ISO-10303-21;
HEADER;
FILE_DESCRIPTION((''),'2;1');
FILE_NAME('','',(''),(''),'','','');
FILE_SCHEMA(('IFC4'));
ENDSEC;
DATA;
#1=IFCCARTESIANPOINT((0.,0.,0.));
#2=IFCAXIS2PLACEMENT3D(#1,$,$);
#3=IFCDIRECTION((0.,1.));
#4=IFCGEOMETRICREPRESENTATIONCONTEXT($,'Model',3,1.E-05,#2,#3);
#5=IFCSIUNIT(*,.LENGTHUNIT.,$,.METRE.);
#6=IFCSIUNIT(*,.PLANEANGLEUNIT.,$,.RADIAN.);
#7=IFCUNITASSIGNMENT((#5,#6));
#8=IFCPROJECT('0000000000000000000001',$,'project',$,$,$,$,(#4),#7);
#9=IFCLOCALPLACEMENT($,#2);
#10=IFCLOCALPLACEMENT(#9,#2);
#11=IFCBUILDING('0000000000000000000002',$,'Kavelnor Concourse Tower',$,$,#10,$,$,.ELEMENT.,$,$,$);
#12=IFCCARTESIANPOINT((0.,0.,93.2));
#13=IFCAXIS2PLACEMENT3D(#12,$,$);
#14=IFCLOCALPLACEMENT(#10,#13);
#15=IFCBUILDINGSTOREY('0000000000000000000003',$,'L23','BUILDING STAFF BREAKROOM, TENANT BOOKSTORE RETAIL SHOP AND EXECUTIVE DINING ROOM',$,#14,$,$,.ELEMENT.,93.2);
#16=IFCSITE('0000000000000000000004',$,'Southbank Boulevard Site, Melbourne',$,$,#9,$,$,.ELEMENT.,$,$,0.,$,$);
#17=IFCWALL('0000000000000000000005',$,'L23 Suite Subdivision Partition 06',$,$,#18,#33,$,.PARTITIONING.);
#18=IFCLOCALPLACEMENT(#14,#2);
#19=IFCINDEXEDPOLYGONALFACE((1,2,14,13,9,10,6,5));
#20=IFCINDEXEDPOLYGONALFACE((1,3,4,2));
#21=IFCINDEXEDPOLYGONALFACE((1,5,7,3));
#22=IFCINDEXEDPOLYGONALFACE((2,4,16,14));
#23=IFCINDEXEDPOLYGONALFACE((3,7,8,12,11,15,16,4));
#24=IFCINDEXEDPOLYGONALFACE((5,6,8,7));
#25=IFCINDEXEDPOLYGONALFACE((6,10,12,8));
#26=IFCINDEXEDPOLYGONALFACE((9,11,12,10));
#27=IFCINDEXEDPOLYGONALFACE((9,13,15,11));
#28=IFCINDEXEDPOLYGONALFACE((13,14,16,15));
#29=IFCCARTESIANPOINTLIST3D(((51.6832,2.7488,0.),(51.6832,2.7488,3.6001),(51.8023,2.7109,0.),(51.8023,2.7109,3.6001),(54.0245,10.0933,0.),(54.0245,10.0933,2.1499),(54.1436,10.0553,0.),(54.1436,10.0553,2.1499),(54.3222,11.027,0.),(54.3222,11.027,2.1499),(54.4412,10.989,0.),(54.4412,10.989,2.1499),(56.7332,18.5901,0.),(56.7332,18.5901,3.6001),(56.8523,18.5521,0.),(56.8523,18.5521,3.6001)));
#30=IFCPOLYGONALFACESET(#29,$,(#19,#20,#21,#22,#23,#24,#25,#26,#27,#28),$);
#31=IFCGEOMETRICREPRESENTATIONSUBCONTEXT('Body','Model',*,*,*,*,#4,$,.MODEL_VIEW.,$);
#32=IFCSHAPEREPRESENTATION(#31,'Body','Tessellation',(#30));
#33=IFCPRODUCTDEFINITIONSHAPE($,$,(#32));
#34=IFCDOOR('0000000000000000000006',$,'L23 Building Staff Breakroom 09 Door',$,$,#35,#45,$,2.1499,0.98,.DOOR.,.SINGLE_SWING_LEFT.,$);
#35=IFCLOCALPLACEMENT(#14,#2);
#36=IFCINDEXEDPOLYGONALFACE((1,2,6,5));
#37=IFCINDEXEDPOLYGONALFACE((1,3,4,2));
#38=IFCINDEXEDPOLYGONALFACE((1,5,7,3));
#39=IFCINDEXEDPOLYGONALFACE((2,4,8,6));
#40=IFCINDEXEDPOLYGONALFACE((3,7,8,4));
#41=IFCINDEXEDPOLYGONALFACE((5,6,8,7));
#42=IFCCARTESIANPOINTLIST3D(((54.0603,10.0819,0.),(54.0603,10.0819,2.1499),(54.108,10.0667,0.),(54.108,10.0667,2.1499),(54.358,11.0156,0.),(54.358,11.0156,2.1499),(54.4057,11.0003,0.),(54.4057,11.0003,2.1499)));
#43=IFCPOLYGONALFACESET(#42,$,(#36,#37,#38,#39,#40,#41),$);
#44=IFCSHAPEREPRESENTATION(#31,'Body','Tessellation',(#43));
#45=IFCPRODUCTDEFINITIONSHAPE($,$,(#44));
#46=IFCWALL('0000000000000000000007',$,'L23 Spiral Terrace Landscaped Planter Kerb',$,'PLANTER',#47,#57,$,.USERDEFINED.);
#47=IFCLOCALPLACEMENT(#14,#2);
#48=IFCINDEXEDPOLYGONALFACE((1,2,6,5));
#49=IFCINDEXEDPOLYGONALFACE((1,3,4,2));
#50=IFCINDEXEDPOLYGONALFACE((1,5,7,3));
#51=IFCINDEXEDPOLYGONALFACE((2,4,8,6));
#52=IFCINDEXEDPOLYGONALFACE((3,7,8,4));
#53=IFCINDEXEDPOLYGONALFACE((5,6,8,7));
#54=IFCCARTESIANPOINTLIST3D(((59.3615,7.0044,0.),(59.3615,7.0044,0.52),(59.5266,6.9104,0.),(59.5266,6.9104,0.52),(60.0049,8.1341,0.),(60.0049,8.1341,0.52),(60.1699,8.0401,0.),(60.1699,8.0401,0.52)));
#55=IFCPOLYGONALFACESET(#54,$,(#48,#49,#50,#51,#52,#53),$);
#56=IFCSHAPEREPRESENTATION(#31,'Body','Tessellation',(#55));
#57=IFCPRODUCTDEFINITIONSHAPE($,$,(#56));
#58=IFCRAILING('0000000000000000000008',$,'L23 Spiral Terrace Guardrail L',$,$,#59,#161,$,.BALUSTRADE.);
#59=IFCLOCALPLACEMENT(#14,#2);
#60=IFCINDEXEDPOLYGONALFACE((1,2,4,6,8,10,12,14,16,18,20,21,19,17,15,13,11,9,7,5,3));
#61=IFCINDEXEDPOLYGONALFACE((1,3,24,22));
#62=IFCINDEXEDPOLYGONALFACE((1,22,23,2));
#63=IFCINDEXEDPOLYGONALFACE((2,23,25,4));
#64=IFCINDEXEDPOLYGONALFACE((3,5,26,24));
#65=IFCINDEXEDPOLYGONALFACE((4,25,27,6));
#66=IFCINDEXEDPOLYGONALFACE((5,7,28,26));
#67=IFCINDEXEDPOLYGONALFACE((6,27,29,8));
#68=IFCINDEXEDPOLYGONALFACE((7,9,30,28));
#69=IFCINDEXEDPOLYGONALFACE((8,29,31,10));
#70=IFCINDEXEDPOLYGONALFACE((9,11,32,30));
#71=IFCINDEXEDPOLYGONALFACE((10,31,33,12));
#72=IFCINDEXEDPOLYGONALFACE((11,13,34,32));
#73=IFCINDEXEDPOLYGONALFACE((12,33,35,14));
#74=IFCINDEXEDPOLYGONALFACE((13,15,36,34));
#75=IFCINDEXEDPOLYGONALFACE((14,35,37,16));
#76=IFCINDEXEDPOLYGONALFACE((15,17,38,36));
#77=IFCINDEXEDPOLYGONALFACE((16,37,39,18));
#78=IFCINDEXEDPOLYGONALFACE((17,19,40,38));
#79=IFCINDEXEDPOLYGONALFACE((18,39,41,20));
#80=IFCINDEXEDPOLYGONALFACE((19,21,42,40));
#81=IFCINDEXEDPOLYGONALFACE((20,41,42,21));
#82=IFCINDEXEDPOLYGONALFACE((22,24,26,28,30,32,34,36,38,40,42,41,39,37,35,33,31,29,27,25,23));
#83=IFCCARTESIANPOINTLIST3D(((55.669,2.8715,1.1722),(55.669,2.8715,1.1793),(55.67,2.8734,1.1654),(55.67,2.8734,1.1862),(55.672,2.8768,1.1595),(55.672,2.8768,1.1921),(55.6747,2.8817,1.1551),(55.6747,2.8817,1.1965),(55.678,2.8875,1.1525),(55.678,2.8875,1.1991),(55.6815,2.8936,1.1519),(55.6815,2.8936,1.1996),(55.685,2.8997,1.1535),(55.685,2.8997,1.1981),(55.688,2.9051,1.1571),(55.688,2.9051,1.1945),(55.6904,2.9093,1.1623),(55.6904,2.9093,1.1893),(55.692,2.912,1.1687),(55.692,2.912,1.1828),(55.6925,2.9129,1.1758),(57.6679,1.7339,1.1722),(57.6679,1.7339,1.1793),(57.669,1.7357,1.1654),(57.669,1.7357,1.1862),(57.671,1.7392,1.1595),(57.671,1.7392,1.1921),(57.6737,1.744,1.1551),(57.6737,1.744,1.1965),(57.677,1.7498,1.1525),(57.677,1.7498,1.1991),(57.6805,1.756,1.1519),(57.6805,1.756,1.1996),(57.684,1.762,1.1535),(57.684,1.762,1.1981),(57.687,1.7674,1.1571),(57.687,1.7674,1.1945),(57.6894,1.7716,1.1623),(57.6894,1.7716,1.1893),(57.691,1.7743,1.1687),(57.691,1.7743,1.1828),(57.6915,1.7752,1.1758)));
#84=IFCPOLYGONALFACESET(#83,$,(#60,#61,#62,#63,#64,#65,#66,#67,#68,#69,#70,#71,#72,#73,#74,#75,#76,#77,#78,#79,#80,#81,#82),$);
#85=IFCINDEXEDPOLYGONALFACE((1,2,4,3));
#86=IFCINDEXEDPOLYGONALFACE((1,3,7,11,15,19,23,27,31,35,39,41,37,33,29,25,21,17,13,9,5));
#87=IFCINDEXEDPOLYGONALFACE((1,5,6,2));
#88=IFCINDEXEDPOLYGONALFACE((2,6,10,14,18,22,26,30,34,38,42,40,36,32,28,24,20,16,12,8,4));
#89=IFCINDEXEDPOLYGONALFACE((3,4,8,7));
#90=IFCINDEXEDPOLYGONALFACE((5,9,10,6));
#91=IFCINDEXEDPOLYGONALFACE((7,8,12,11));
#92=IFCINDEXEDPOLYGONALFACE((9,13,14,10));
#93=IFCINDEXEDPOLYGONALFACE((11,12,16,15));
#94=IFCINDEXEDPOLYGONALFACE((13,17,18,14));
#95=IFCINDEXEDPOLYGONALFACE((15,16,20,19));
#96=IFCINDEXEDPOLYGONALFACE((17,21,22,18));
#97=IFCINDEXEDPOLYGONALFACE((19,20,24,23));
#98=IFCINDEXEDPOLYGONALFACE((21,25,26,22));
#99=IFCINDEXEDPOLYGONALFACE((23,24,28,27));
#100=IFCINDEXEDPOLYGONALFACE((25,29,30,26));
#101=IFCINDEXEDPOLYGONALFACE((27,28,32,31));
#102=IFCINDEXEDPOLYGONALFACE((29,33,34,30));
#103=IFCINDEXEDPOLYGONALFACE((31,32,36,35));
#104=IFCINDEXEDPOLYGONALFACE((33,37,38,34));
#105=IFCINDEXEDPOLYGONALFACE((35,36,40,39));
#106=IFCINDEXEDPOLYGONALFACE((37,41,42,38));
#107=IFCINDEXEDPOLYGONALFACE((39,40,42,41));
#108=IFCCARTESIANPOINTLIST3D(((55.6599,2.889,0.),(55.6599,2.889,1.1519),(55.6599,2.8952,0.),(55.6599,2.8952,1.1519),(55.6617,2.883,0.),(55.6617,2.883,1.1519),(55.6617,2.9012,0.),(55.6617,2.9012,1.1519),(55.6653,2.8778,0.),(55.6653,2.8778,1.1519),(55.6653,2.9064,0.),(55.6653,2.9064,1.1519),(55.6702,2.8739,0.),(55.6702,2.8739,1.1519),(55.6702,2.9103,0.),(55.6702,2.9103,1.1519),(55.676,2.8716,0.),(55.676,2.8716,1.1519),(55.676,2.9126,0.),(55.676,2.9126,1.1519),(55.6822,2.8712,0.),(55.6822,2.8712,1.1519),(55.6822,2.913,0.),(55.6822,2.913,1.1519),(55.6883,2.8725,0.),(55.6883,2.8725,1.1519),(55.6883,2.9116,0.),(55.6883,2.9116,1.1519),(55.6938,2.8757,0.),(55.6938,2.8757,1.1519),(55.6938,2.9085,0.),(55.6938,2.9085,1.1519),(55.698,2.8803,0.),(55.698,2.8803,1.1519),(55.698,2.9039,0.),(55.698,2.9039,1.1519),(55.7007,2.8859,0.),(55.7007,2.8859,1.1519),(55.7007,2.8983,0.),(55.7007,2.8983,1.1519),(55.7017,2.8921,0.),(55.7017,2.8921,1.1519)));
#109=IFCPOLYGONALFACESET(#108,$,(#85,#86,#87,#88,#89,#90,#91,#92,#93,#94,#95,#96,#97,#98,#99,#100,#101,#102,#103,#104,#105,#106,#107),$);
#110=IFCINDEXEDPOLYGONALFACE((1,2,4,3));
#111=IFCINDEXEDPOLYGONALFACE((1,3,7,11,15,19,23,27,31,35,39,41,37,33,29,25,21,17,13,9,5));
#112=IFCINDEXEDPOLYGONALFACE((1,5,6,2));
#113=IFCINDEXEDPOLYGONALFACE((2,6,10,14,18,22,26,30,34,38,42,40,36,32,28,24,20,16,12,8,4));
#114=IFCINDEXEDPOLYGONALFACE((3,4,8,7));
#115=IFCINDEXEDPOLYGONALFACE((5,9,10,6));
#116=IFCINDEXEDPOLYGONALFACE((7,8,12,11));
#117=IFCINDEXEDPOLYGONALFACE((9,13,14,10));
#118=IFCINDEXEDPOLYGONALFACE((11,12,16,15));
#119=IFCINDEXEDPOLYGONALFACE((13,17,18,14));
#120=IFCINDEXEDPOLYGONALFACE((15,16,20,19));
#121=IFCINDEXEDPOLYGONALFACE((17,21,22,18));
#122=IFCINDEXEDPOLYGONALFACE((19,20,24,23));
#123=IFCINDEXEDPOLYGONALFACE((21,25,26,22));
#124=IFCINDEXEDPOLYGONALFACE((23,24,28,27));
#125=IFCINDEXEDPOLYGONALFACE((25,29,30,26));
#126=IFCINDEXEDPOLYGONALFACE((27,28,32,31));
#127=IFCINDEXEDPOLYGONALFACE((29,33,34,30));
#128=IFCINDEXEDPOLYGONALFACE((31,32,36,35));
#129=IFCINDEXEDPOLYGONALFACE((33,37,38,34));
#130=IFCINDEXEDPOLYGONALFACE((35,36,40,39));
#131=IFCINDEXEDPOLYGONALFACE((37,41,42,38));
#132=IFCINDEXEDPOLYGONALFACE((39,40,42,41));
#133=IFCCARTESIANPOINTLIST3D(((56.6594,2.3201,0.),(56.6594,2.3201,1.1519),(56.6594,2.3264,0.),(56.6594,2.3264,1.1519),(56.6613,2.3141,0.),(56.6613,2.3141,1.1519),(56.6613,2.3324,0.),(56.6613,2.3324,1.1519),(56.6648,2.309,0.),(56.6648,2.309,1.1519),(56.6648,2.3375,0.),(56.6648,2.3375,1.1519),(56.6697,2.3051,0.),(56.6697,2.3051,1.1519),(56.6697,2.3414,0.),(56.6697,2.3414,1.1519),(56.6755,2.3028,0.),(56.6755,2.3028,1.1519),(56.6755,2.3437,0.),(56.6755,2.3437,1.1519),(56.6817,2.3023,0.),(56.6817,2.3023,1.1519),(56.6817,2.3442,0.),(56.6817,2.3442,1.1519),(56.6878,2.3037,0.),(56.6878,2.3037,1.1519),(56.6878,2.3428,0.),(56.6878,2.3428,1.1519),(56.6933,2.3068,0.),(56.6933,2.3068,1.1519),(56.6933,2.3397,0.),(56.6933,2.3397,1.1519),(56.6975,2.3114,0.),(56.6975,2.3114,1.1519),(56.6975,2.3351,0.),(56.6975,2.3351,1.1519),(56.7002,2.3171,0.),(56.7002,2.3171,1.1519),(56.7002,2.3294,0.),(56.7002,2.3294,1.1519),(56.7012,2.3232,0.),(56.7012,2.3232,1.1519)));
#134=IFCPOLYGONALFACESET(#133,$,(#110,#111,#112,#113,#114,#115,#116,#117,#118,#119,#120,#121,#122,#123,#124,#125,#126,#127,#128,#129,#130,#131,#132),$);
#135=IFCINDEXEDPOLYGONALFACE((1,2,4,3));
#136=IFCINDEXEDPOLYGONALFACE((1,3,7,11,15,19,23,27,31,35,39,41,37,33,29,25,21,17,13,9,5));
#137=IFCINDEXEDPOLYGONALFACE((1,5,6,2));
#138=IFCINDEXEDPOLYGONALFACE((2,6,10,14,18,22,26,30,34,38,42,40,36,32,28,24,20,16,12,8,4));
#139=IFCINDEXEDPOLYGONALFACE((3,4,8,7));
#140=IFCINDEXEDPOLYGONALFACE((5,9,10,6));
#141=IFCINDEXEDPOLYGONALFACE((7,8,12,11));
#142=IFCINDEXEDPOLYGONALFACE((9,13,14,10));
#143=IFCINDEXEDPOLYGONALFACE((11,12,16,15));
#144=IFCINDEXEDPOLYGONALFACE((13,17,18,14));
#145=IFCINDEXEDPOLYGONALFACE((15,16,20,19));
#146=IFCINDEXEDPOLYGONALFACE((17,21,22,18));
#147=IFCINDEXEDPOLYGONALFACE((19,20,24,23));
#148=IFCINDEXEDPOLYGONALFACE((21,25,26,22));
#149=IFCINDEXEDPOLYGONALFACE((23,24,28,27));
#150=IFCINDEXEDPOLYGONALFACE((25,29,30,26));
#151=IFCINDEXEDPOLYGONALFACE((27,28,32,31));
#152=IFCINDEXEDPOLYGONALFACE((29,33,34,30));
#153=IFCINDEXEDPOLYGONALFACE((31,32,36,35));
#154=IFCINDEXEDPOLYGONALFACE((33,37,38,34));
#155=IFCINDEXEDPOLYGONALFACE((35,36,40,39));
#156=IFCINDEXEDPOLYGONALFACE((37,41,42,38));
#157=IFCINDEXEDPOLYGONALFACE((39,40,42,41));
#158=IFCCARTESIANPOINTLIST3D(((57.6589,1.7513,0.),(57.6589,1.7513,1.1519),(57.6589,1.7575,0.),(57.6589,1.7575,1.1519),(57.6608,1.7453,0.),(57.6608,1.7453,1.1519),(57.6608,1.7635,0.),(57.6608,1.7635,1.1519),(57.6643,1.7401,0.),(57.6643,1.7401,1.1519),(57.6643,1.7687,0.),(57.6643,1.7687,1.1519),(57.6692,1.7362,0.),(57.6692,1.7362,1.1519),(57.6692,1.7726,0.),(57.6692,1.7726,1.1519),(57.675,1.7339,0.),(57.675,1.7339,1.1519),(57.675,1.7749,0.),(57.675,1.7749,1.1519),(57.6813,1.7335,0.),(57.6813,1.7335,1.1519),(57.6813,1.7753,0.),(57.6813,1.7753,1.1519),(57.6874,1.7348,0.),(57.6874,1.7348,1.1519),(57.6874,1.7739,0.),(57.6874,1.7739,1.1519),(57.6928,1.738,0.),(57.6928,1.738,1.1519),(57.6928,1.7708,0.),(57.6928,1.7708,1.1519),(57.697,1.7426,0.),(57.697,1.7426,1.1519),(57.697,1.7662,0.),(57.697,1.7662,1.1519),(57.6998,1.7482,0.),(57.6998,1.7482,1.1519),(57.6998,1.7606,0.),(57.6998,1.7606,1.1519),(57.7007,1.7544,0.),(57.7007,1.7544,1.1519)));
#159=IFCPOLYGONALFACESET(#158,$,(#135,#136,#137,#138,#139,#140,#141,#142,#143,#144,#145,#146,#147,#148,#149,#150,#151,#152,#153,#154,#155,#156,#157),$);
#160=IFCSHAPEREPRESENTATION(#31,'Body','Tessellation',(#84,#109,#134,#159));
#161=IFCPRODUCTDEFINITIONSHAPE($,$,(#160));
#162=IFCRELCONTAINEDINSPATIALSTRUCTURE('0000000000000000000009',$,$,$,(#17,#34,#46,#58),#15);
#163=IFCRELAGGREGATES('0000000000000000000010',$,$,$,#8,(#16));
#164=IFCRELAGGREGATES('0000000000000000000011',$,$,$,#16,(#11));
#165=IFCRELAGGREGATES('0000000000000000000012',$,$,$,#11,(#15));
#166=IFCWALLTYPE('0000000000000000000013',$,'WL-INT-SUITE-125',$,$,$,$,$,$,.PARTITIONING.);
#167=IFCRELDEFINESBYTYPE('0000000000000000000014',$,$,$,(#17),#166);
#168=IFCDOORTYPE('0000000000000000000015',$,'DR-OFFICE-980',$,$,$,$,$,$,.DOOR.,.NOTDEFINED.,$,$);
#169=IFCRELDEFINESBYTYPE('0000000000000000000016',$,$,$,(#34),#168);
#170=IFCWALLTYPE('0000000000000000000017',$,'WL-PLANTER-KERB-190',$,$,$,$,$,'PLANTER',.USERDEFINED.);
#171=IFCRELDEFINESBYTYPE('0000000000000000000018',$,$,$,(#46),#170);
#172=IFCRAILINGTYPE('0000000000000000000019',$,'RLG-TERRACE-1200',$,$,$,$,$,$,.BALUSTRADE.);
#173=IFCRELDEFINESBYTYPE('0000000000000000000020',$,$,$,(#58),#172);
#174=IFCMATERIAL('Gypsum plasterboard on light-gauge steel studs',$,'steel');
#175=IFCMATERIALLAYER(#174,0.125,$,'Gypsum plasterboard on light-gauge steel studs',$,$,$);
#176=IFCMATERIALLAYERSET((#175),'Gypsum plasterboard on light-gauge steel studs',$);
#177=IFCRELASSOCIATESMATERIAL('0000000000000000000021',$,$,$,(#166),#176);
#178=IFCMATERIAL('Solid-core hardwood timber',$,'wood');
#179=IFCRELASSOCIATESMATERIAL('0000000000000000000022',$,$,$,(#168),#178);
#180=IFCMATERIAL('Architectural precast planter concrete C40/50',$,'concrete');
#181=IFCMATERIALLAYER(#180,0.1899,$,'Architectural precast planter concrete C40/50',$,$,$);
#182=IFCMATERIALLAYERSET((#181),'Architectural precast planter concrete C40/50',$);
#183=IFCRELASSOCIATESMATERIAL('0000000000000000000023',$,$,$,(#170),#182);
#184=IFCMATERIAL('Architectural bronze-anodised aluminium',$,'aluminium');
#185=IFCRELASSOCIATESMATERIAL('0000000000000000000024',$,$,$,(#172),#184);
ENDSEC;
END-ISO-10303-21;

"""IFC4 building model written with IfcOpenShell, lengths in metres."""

from ifc_helpers import new_model, si_unit, direction, frame, frame_2d, origin, origin_2d, place, context, subcontext, project, spatial, rectangle, circle, extrude, material, layer, layer_set, type_object, element, fill, save


model = new_model("IFC4")

# Units and contexts
model_context = context("Model", 3, precision=1e-05, world=origin(), true_north=direction((0.0, 1.0)))
body_context = subcontext(model_context, "Body", "Model", "MODEL_VIEW")
ifc_project = project(units=[si_unit("LENGTHUNIT", "METRE"), si_unit("PLANEANGLEUNIT", "RADIAN")], contexts=[model_context])

# Site, building, storey
site_placement = place(None, origin())
site = spatial("IfcSite", under=ifc_project, at=site_placement, Name="Southbank Boulevard Site, Melbourne", CompositionType="ELEMENT", RefElevation=0.0)
building_placement = place(site_placement, origin())
building = spatial("IfcBuilding", under=site, at=building_placement, Name="Kavelnor Concourse Tower", CompositionType="ELEMENT")
storey_placement = place(building_placement, frame((0.0, 0.0, 93.2)))
storey = spatial("IfcBuildingStorey", under=building, at=storey_placement, Name="L23", Description="BUILDING STAFF BREAKROOM, TENANT BOOKSTORE RETAIL SHOP AND EXECUTIVE DINING ROOM", CompositionType="ELEMENT", Elevation=93.2)

# Wall, opening, door
ifc_material_1 = material(Name="Gypsum plasterboard on light-gauge steel studs", Category="steel")
ifc_layer_1 = layer(ifc_material_1, 0.125, Name="Gypsum plasterboard on light-gauge steel studs")
ifc_layer_set_1 = layer_set([ifc_layer_1], Name="Gypsum plasterboard on light-gauge steel studs")
wall_type_1 = type_object("IfcWallType", Name="WL-INT-SUITE-125", PredefinedType="PARTITIONING", material=ifc_layer_set_1)
wall_1_placement = place(storey_placement, frame((51.7427, 2.7297, 0.0), z_axis=(0.0, 0.0, 1.0), x_axis=(0.30373, 0.952758, 0.0)))
wall_1 = element("IfcWall", 1, at=wall_1_placement, inside=storey, type_object=wall_type_1, Name="L23 Suite Subdivision Partition 06", PredefinedType="PARTITIONING", context=body_context, shape_type="SweptSolid", body=[
    extrude(rectangle(XDim=16.6267, YDim=0.125, at=frame_2d((8.3135, 0.0))), origin(), (0.0, 0.0, 1.0), 3.6001),
])
opening_1_placement = place(wall_1_placement, frame((7.7087, 0.0, 0.0)))
opening_1 = element("IfcOpeningElement", 2, at=opening_1_placement, cuts=wall_1, PredefinedType="OPENING", context=body_context, shape_type="SweptSolid", body=[
    extrude(rectangle(XDim=0.98, YDim=2.1499, at=frame_2d((0.49, 1.075))), frame((0.0, 0.0725, 0.0), z_axis=(0.0, -1.0, 0.0), x_axis=(1.0, 0.0, 0.0)), (0.0, 0.0, 1.0), 0.145),
])
ifc_material_2 = material(Name="Solid-core hardwood timber", Category="wood")
door_type_1 = type_object("IfcDoorType", Name="DR-OFFICE-980", OperationType="NOTDEFINED", PredefinedType="DOOR", material=ifc_material_2)
door_1_placement = place(opening_1_placement, origin())
door_1 = element("IfcDoor", 3, at=door_1_placement, inside=storey, type_object=door_type_1, Name="L23 Building Staff Breakroom 09 Door", OperationType="SINGLE_SWING_LEFT", OverallHeight=2.1499, OverallWidth=0.98, PredefinedType="DOOR", context=body_context, shape_type="SweptSolid", body=[
    extrude(rectangle(XDim=0.98, YDim=2.1499, at=frame_2d((0.49, 1.075))), frame((0.0, 0.0249, 0.0), z_axis=(0.0, -1.0, 0.0), x_axis=(1.0, 0.0, 0.0)), (0.0, 0.0, 1.0), 0.05),
])
fill(opening_1, door_1)

# Wall
ifc_material_3 = material(Name="Architectural precast planter concrete C40/50", Category="concrete")
ifc_layer_2 = layer(ifc_material_3, 0.1899, Name="Architectural precast planter concrete C40/50")
ifc_layer_set_2 = layer_set([ifc_layer_2], Name="Architectural precast planter concrete C40/50")
wall_type_2 = type_object("IfcWallType", Name="WL-PLANTER-KERB-190", ElementType="PLANTER", PredefinedType="USERDEFINED", material=ifc_layer_set_2)
wall_2_placement = place(storey_placement, frame((59.4441, 6.9575, 0.0), z_axis=(0.0, 0.0, 1.0), x_axis=(0.494864, 0.86897, 0.0)))
element("IfcWall", 4, at=wall_2_placement, inside=storey, type_object=wall_type_2, Name="L23 Spiral Terrace Landscaped Planter Kerb", ObjectType="PLANTER", PredefinedType="USERDEFINED", context=body_context, shape_type="SweptSolid", body=[
    extrude(rectangle(XDim=1.3, YDim=0.1899, at=frame_2d((0.6499, 0.0))), origin(), (0.0, 0.0, 1.0), 0.52),
])

# Railing
ifc_material_4 = material(Name="Architectural bronze-anodised aluminium", Category="aluminium")
railing_type = type_object("IfcRailingType", Name="RLG-TERRACE-1200", PredefinedType="BALUSTRADE", material=ifc_material_4)
railing_1_placement = place(storey_placement, frame((55.6807, 2.8921, 0.0)))
element("IfcRailing", 5, at=railing_1_placement, inside=storey, type_object=railing_type, Name="L23 Spiral Terrace Guardrail L", PredefinedType="BALUSTRADE", context=body_context, shape_type="SweptSolid", body=[
    extrude(circle(Radius=0.0239, at=origin_2d()), frame((0.0, 0.0, 1.1758), z_axis=(0.869104, -0.494629, 0.0), x_axis=(0.494629, 0.869104, 0.0)), (0.0, 0.0, 1.0), 2.3),
    extrude(circle(Radius=0.021, at=origin_2d()), origin(), (0.0, 0.0, 1.0), 1.1519),
    extrude(circle(Radius=0.021, at=origin_2d()), frame((0.9995, -0.5688, 0.0)), (0.0, 0.0, 1.0), 1.1519),
    extrude(circle(Radius=0.021, at=origin_2d()), frame((1.999, -1.1377, 0.0)), (0.0, 0.0, 1.0), 1.1519),
])

save(model, "model.ifc")
